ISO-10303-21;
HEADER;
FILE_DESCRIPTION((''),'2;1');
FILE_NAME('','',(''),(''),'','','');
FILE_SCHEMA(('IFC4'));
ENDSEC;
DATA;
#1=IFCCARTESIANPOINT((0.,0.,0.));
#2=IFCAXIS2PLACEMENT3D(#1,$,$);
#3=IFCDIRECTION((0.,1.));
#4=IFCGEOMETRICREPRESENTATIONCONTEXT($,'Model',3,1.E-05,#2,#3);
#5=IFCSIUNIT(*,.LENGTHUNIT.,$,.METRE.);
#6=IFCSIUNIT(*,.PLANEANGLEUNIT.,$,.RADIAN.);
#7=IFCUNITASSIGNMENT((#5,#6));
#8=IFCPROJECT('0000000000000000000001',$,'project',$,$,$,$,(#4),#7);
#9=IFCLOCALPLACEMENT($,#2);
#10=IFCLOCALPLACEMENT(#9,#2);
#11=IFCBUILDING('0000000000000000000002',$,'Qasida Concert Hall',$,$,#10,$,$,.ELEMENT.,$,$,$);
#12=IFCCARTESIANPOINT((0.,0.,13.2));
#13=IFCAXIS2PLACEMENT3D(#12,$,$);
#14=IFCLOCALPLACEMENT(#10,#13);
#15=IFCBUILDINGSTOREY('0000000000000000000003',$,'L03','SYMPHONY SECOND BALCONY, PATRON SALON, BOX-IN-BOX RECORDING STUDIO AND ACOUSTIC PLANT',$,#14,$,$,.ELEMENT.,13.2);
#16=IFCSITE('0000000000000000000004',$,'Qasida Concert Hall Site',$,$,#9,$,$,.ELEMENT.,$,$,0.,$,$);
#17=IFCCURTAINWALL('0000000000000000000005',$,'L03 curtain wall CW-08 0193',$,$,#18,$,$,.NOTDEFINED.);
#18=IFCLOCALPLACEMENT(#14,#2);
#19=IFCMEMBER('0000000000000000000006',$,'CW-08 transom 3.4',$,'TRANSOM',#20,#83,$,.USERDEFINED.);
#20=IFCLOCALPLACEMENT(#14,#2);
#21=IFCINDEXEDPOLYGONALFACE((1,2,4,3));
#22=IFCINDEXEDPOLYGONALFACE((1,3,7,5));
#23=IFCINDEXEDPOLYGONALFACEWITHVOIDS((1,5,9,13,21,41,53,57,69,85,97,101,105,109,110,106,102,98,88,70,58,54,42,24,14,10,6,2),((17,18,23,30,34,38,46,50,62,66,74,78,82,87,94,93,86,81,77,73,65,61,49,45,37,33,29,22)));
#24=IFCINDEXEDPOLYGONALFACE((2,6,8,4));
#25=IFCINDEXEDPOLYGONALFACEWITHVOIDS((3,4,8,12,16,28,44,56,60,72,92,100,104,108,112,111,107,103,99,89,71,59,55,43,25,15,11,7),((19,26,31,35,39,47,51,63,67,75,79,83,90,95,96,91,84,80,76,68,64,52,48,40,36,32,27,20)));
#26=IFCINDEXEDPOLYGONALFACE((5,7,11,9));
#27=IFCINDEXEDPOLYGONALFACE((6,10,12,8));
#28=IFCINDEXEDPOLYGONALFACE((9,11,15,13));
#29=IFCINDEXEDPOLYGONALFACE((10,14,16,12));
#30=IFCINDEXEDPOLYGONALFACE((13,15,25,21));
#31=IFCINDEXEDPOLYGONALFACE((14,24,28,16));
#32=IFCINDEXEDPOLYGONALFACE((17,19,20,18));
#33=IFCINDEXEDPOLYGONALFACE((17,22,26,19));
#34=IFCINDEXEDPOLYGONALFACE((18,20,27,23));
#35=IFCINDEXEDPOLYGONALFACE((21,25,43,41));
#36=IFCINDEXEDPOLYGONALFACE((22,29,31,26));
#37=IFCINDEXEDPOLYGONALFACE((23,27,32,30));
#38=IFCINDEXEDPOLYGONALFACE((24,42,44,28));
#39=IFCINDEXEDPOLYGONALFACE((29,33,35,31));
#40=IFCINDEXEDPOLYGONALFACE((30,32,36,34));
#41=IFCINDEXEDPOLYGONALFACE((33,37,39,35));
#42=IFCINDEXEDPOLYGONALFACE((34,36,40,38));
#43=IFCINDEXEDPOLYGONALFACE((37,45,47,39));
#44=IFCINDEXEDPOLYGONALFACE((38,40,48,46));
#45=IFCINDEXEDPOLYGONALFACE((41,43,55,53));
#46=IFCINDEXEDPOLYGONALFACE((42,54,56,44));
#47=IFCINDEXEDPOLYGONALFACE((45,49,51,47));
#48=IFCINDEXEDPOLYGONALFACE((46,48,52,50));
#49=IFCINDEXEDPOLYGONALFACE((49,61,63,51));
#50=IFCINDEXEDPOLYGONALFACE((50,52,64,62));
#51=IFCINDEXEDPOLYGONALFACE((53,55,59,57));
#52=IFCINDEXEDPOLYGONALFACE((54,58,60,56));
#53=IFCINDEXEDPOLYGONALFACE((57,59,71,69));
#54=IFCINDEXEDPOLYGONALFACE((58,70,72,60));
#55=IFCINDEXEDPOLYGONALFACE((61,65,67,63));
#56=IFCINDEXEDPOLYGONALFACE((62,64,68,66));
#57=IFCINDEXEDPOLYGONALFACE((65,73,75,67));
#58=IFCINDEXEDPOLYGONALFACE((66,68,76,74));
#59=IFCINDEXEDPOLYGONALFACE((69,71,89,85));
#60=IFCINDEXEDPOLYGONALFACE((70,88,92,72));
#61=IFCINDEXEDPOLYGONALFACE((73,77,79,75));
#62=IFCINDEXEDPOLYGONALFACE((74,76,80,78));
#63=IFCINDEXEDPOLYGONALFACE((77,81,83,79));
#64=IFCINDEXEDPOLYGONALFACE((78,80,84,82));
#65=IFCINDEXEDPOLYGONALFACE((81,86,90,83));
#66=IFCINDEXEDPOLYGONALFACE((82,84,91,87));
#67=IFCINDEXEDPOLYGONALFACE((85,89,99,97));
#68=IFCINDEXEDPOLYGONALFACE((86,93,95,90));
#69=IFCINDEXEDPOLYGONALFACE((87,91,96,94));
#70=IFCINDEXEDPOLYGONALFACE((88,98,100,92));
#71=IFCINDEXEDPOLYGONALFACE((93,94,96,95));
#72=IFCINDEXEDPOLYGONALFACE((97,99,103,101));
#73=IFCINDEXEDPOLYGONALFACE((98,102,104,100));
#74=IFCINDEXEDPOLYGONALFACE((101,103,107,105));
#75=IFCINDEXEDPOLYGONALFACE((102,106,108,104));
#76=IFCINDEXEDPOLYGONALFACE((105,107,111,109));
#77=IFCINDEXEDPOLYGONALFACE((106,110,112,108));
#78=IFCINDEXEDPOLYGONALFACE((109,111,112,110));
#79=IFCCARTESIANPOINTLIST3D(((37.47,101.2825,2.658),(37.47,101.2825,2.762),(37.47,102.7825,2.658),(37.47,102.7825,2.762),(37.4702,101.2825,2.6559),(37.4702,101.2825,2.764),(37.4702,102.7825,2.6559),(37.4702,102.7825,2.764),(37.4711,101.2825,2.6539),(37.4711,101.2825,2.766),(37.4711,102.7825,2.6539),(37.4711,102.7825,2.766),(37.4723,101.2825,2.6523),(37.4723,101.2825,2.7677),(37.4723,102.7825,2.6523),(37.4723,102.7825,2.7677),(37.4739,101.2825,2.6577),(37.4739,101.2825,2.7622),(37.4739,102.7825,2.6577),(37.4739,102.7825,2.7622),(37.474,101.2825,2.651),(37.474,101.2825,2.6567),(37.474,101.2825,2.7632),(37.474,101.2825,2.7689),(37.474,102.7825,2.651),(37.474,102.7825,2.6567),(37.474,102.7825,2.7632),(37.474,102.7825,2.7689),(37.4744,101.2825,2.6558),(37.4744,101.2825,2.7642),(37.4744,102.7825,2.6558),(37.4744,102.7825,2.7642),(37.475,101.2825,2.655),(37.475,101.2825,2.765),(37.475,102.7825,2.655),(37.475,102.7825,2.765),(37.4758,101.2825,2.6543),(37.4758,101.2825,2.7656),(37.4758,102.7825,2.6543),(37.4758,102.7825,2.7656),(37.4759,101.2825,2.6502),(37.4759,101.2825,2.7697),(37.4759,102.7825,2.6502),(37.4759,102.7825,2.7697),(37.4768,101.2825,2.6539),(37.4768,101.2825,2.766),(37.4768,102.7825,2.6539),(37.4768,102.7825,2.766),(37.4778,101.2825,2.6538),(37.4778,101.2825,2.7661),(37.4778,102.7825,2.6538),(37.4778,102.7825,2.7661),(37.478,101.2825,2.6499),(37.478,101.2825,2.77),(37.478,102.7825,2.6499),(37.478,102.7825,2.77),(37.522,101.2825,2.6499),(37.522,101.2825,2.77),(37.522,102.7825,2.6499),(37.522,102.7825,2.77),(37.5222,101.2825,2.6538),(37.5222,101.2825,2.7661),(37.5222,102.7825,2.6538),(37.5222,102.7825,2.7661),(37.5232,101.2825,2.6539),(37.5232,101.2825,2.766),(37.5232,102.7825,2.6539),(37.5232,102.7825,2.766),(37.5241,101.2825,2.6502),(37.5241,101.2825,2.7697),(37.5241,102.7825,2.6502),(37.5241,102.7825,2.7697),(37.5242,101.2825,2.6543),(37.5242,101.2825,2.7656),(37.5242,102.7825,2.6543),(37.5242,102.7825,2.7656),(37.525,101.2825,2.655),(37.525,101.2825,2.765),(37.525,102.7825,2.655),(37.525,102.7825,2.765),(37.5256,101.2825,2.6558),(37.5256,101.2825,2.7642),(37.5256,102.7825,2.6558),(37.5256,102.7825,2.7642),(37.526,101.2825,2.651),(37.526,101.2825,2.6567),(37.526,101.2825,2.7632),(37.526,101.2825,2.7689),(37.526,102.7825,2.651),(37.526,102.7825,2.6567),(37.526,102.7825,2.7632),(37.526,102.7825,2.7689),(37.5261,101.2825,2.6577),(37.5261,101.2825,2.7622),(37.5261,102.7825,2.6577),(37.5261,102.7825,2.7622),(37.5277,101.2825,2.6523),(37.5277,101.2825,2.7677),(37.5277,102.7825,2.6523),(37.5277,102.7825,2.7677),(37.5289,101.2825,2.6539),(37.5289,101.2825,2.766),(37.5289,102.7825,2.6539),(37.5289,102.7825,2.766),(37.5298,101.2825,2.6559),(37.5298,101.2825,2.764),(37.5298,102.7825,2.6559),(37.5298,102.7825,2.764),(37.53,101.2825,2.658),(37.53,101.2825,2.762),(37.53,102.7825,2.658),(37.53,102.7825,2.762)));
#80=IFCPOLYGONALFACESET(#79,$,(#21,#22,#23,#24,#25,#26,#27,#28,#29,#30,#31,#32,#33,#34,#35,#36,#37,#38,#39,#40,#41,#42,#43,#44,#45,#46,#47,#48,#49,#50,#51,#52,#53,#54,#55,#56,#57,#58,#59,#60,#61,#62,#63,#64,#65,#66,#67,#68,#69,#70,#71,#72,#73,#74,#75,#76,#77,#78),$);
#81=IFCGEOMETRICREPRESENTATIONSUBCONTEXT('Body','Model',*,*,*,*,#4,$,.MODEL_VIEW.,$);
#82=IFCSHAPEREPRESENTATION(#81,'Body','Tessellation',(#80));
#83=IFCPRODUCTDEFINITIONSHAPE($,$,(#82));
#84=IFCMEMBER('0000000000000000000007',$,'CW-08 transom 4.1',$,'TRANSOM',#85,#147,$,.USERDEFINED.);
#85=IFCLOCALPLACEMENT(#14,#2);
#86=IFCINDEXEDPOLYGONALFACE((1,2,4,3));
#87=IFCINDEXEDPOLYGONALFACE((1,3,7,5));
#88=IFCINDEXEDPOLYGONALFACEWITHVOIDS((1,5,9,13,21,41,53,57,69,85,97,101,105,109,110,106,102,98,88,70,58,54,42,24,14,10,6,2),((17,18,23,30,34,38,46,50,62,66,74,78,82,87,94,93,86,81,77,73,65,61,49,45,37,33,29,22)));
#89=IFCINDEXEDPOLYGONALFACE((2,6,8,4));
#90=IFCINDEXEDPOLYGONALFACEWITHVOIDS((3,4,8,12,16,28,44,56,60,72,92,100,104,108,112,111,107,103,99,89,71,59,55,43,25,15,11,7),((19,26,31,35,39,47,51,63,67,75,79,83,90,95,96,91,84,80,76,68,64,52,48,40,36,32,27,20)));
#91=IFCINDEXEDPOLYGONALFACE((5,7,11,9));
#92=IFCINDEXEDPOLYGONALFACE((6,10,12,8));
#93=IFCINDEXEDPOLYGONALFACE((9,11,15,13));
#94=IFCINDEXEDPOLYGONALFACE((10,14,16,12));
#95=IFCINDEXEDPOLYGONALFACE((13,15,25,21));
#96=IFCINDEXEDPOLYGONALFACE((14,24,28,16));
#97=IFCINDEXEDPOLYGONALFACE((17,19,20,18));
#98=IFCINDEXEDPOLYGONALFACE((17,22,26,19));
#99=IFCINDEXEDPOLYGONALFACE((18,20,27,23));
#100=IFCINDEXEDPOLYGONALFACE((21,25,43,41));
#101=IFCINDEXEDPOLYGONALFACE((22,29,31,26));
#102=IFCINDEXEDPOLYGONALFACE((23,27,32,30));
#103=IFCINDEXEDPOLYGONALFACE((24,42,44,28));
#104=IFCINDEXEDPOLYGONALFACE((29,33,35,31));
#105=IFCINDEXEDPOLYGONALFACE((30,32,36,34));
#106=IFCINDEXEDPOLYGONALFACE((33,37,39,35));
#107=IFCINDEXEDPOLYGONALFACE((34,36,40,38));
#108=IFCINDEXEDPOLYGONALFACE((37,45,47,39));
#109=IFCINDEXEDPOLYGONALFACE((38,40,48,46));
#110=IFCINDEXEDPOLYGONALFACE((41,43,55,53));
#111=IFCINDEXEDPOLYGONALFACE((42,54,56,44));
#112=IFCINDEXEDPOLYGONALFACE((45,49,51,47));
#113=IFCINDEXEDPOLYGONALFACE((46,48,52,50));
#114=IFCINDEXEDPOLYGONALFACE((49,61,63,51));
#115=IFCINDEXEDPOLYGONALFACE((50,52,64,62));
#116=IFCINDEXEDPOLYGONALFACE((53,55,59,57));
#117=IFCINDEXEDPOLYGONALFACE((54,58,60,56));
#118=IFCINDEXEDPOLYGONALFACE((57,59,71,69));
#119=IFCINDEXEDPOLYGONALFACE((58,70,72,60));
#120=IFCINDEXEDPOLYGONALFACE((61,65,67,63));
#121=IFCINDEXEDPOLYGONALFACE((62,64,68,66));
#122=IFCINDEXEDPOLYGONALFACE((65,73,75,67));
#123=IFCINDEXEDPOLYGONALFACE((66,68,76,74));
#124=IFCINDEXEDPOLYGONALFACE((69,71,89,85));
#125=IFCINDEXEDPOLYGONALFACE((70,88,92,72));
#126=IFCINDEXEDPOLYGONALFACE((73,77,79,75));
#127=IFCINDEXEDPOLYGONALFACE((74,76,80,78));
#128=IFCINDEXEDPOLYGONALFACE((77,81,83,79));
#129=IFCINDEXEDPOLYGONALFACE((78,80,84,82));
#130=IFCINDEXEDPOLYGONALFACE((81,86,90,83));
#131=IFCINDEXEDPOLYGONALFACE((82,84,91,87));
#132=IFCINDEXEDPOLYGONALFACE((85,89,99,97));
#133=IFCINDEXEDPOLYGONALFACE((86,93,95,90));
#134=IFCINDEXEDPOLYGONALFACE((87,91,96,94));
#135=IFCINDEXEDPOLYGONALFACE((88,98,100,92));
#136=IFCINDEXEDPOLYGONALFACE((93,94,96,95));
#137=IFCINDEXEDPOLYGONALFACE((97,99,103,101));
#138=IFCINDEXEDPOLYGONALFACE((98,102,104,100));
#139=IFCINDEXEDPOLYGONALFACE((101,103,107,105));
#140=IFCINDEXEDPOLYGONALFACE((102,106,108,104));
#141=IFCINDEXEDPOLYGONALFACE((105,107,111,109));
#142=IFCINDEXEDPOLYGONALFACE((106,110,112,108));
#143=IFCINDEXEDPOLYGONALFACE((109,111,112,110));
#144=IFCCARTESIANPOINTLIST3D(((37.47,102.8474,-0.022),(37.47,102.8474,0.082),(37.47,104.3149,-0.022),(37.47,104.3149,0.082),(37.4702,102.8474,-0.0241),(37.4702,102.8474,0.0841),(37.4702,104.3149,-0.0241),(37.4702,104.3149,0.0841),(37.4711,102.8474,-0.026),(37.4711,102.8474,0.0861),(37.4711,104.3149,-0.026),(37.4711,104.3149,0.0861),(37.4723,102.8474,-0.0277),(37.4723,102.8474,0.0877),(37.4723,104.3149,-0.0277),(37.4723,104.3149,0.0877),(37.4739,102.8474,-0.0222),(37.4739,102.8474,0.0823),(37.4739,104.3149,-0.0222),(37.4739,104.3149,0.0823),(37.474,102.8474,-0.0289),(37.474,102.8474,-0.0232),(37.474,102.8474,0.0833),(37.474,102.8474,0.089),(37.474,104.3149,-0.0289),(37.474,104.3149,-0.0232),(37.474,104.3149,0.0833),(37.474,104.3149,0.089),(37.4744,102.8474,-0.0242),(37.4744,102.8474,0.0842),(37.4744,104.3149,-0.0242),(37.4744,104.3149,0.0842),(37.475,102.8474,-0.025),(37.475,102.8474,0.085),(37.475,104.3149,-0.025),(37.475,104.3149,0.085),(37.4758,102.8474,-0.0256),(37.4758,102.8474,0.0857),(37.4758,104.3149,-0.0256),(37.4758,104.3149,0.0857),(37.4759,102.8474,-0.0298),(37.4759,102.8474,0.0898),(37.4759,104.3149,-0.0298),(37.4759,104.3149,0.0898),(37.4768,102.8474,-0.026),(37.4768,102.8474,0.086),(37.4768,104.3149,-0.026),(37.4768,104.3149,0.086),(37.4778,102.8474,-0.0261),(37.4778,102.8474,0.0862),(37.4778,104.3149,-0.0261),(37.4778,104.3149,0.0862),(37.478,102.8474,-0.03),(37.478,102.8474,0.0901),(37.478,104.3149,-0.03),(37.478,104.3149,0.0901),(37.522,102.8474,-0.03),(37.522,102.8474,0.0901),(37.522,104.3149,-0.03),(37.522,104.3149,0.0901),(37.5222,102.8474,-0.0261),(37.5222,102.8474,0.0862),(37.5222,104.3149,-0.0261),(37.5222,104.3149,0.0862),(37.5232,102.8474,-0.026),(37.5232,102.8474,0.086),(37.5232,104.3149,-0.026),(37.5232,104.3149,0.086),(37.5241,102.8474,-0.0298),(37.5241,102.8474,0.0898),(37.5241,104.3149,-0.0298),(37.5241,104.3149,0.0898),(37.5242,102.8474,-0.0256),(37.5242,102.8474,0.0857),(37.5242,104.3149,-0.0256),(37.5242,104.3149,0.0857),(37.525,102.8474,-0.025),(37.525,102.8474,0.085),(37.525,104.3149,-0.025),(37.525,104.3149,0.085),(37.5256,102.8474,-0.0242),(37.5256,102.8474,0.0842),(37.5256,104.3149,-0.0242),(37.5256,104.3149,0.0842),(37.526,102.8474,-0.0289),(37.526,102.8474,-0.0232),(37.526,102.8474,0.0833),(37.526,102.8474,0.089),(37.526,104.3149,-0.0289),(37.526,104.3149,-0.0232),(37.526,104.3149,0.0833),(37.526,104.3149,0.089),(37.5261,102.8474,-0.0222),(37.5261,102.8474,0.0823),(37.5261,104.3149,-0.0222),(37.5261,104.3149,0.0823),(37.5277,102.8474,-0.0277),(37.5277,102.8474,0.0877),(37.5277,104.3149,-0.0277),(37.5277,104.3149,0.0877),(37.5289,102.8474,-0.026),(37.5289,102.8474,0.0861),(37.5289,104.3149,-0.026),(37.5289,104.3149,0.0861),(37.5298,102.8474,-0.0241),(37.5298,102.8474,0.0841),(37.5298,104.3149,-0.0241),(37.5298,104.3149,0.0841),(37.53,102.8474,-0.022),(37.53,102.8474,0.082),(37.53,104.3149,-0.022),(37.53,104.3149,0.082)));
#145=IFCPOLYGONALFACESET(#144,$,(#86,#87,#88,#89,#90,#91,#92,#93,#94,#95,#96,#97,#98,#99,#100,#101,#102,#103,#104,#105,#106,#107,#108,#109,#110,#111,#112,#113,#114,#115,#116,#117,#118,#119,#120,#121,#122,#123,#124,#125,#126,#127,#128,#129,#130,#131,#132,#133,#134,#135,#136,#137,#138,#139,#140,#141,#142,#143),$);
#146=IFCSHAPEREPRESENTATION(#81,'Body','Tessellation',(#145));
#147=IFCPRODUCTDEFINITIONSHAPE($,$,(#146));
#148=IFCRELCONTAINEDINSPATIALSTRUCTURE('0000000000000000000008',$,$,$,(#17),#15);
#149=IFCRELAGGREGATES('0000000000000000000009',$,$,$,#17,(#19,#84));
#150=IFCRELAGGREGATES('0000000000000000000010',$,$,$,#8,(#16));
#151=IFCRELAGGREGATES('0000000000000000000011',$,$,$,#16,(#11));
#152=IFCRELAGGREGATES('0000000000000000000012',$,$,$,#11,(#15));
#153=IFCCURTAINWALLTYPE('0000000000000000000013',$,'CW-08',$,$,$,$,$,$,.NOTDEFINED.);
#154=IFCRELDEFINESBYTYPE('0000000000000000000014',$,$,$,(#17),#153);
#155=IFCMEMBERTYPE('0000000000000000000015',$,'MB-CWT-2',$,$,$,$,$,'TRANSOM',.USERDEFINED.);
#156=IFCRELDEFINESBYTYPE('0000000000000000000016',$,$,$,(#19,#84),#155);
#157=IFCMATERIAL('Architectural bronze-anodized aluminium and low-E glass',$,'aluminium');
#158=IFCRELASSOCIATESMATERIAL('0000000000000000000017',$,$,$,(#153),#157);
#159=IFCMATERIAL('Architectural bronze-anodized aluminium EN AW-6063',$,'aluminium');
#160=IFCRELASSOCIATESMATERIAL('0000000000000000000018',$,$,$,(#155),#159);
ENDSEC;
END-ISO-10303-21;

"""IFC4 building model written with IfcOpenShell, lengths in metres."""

from ifc_helpers import new_model, si_unit, direction, frame, origin, origin_2d, place, context, subcontext, project, spatial, hollow_rectangle, extrude, material, material_profile, profile_set, type_object, element, aggregate, save


model = new_model("IFC4")

# Units and contexts
model_context = context("Model", 3, precision=1e-05, world=origin(), true_north=direction((0.0, 1.0)))
body_context = subcontext(model_context, "Body", "Model", "MODEL_VIEW")
ifc_project = project(units=[si_unit("LENGTHUNIT", "METRE"), si_unit("PLANEANGLEUNIT", "RADIAN")], contexts=[model_context])

# Site, building, storey
site_placement = place(None, origin())
site = spatial("IfcSite", under=ifc_project, at=site_placement, Name="Qasida Concert Hall Site", CompositionType="ELEMENT", RefElevation=0.0)
building_placement = place(site_placement, origin())
building = spatial("IfcBuilding", under=site, at=building_placement, Name="Qasida Concert Hall", CompositionType="ELEMENT")
storey_placement = place(building_placement, frame((0.0, 0.0, 13.2)))
storey = spatial("IfcBuildingStorey", under=building, at=storey_placement, Name="L03", Description="SYMPHONY SECOND BALCONY, PATRON SALON, BOX-IN-BOX RECORDING STUDIO AND ACOUSTIC PLANT", CompositionType="ELEMENT", Elevation=13.2)

# Curtain wall, members
ifc_material_1 = material(Name="Architectural bronze-anodized aluminium and low-E glass", Category="aluminium")
curtain_wall_type = type_object("IfcCurtainWallType", Name="CW-08", PredefinedType="NOTDEFINED", material=ifc_material_1)
curtain_wall_placement = place(storey_placement, origin())
curtain_wall = element("IfcCurtainWall", 1, at=curtain_wall_placement, inside=storey, type_object=curtain_wall_type, Name="L03 curtain wall CW-08 0193", PredefinedType="NOTDEFINED")
ifc_material_2 = material(Name="Architectural bronze-anodized aluminium EN AW-6063", Category="aluminium")
ifc_material_profile_1 = material_profile(ifc_material_2, hollow_rectangle(XDim=0.0601, YDim=0.1201, WallThickness=0.0039, InnerFilletRadius=0.0039, OuterFilletRadius=0.0081, at=origin_2d()), Name="CWT 120x60x4")
ifc_profile_set_1 = profile_set([ifc_material_profile_1], Name="Architectural bronze-anodized aluminium EN AW-6063")
member_type_1 = type_object("IfcMemberType", Name="MB-CWT-2", ElementType="TRANSOM", PredefinedType="USERDEFINED", material=ifc_profile_set_1)
member_1_placement = place(storey_placement, frame((37.5, 101.2825, 2.71), z_axis=(0.0, 1.0, 0.0), x_axis=(-1.0, 0.0, 0.0)))
member_1 = element("IfcMember", 2, at=member_1_placement, type_object=member_type_1, Name="CW-08 transom 3.4", ObjectType="TRANSOM", PredefinedType="USERDEFINED", context=body_context, shape_type="SweptSolid", body=[
    extrude(hollow_rectangle(XDim=0.0601, YDim=0.1201, WallThickness=0.0039, InnerFilletRadius=0.0039, OuterFilletRadius=0.0081, at=origin_2d()), origin(), (0.0, 0.0, 1.0), 1.5),
])
member_2_placement = place(storey_placement, frame((37.5, 102.8474, 0.03), z_axis=(0.0, 1.0, 0.0), x_axis=(-1.0, 0.0, 0.0)))
member_2 = element("IfcMember", 3, at=member_2_placement, type_object=member_type_1, Name="CW-08 transom 4.1", ObjectType="TRANSOM", PredefinedType="USERDEFINED", context=body_context, shape_type="SweptSolid", body=[
    extrude(hollow_rectangle(XDim=0.0601, YDim=0.1201, WallThickness=0.0039, InnerFilletRadius=0.0039, OuterFilletRadius=0.0081, at=origin_2d()), origin(), (0.0, 0.0, 1.0), 1.4675),
])
aggregate(curtain_wall, [member_1, member_2])

save(model, "model.ifc")
